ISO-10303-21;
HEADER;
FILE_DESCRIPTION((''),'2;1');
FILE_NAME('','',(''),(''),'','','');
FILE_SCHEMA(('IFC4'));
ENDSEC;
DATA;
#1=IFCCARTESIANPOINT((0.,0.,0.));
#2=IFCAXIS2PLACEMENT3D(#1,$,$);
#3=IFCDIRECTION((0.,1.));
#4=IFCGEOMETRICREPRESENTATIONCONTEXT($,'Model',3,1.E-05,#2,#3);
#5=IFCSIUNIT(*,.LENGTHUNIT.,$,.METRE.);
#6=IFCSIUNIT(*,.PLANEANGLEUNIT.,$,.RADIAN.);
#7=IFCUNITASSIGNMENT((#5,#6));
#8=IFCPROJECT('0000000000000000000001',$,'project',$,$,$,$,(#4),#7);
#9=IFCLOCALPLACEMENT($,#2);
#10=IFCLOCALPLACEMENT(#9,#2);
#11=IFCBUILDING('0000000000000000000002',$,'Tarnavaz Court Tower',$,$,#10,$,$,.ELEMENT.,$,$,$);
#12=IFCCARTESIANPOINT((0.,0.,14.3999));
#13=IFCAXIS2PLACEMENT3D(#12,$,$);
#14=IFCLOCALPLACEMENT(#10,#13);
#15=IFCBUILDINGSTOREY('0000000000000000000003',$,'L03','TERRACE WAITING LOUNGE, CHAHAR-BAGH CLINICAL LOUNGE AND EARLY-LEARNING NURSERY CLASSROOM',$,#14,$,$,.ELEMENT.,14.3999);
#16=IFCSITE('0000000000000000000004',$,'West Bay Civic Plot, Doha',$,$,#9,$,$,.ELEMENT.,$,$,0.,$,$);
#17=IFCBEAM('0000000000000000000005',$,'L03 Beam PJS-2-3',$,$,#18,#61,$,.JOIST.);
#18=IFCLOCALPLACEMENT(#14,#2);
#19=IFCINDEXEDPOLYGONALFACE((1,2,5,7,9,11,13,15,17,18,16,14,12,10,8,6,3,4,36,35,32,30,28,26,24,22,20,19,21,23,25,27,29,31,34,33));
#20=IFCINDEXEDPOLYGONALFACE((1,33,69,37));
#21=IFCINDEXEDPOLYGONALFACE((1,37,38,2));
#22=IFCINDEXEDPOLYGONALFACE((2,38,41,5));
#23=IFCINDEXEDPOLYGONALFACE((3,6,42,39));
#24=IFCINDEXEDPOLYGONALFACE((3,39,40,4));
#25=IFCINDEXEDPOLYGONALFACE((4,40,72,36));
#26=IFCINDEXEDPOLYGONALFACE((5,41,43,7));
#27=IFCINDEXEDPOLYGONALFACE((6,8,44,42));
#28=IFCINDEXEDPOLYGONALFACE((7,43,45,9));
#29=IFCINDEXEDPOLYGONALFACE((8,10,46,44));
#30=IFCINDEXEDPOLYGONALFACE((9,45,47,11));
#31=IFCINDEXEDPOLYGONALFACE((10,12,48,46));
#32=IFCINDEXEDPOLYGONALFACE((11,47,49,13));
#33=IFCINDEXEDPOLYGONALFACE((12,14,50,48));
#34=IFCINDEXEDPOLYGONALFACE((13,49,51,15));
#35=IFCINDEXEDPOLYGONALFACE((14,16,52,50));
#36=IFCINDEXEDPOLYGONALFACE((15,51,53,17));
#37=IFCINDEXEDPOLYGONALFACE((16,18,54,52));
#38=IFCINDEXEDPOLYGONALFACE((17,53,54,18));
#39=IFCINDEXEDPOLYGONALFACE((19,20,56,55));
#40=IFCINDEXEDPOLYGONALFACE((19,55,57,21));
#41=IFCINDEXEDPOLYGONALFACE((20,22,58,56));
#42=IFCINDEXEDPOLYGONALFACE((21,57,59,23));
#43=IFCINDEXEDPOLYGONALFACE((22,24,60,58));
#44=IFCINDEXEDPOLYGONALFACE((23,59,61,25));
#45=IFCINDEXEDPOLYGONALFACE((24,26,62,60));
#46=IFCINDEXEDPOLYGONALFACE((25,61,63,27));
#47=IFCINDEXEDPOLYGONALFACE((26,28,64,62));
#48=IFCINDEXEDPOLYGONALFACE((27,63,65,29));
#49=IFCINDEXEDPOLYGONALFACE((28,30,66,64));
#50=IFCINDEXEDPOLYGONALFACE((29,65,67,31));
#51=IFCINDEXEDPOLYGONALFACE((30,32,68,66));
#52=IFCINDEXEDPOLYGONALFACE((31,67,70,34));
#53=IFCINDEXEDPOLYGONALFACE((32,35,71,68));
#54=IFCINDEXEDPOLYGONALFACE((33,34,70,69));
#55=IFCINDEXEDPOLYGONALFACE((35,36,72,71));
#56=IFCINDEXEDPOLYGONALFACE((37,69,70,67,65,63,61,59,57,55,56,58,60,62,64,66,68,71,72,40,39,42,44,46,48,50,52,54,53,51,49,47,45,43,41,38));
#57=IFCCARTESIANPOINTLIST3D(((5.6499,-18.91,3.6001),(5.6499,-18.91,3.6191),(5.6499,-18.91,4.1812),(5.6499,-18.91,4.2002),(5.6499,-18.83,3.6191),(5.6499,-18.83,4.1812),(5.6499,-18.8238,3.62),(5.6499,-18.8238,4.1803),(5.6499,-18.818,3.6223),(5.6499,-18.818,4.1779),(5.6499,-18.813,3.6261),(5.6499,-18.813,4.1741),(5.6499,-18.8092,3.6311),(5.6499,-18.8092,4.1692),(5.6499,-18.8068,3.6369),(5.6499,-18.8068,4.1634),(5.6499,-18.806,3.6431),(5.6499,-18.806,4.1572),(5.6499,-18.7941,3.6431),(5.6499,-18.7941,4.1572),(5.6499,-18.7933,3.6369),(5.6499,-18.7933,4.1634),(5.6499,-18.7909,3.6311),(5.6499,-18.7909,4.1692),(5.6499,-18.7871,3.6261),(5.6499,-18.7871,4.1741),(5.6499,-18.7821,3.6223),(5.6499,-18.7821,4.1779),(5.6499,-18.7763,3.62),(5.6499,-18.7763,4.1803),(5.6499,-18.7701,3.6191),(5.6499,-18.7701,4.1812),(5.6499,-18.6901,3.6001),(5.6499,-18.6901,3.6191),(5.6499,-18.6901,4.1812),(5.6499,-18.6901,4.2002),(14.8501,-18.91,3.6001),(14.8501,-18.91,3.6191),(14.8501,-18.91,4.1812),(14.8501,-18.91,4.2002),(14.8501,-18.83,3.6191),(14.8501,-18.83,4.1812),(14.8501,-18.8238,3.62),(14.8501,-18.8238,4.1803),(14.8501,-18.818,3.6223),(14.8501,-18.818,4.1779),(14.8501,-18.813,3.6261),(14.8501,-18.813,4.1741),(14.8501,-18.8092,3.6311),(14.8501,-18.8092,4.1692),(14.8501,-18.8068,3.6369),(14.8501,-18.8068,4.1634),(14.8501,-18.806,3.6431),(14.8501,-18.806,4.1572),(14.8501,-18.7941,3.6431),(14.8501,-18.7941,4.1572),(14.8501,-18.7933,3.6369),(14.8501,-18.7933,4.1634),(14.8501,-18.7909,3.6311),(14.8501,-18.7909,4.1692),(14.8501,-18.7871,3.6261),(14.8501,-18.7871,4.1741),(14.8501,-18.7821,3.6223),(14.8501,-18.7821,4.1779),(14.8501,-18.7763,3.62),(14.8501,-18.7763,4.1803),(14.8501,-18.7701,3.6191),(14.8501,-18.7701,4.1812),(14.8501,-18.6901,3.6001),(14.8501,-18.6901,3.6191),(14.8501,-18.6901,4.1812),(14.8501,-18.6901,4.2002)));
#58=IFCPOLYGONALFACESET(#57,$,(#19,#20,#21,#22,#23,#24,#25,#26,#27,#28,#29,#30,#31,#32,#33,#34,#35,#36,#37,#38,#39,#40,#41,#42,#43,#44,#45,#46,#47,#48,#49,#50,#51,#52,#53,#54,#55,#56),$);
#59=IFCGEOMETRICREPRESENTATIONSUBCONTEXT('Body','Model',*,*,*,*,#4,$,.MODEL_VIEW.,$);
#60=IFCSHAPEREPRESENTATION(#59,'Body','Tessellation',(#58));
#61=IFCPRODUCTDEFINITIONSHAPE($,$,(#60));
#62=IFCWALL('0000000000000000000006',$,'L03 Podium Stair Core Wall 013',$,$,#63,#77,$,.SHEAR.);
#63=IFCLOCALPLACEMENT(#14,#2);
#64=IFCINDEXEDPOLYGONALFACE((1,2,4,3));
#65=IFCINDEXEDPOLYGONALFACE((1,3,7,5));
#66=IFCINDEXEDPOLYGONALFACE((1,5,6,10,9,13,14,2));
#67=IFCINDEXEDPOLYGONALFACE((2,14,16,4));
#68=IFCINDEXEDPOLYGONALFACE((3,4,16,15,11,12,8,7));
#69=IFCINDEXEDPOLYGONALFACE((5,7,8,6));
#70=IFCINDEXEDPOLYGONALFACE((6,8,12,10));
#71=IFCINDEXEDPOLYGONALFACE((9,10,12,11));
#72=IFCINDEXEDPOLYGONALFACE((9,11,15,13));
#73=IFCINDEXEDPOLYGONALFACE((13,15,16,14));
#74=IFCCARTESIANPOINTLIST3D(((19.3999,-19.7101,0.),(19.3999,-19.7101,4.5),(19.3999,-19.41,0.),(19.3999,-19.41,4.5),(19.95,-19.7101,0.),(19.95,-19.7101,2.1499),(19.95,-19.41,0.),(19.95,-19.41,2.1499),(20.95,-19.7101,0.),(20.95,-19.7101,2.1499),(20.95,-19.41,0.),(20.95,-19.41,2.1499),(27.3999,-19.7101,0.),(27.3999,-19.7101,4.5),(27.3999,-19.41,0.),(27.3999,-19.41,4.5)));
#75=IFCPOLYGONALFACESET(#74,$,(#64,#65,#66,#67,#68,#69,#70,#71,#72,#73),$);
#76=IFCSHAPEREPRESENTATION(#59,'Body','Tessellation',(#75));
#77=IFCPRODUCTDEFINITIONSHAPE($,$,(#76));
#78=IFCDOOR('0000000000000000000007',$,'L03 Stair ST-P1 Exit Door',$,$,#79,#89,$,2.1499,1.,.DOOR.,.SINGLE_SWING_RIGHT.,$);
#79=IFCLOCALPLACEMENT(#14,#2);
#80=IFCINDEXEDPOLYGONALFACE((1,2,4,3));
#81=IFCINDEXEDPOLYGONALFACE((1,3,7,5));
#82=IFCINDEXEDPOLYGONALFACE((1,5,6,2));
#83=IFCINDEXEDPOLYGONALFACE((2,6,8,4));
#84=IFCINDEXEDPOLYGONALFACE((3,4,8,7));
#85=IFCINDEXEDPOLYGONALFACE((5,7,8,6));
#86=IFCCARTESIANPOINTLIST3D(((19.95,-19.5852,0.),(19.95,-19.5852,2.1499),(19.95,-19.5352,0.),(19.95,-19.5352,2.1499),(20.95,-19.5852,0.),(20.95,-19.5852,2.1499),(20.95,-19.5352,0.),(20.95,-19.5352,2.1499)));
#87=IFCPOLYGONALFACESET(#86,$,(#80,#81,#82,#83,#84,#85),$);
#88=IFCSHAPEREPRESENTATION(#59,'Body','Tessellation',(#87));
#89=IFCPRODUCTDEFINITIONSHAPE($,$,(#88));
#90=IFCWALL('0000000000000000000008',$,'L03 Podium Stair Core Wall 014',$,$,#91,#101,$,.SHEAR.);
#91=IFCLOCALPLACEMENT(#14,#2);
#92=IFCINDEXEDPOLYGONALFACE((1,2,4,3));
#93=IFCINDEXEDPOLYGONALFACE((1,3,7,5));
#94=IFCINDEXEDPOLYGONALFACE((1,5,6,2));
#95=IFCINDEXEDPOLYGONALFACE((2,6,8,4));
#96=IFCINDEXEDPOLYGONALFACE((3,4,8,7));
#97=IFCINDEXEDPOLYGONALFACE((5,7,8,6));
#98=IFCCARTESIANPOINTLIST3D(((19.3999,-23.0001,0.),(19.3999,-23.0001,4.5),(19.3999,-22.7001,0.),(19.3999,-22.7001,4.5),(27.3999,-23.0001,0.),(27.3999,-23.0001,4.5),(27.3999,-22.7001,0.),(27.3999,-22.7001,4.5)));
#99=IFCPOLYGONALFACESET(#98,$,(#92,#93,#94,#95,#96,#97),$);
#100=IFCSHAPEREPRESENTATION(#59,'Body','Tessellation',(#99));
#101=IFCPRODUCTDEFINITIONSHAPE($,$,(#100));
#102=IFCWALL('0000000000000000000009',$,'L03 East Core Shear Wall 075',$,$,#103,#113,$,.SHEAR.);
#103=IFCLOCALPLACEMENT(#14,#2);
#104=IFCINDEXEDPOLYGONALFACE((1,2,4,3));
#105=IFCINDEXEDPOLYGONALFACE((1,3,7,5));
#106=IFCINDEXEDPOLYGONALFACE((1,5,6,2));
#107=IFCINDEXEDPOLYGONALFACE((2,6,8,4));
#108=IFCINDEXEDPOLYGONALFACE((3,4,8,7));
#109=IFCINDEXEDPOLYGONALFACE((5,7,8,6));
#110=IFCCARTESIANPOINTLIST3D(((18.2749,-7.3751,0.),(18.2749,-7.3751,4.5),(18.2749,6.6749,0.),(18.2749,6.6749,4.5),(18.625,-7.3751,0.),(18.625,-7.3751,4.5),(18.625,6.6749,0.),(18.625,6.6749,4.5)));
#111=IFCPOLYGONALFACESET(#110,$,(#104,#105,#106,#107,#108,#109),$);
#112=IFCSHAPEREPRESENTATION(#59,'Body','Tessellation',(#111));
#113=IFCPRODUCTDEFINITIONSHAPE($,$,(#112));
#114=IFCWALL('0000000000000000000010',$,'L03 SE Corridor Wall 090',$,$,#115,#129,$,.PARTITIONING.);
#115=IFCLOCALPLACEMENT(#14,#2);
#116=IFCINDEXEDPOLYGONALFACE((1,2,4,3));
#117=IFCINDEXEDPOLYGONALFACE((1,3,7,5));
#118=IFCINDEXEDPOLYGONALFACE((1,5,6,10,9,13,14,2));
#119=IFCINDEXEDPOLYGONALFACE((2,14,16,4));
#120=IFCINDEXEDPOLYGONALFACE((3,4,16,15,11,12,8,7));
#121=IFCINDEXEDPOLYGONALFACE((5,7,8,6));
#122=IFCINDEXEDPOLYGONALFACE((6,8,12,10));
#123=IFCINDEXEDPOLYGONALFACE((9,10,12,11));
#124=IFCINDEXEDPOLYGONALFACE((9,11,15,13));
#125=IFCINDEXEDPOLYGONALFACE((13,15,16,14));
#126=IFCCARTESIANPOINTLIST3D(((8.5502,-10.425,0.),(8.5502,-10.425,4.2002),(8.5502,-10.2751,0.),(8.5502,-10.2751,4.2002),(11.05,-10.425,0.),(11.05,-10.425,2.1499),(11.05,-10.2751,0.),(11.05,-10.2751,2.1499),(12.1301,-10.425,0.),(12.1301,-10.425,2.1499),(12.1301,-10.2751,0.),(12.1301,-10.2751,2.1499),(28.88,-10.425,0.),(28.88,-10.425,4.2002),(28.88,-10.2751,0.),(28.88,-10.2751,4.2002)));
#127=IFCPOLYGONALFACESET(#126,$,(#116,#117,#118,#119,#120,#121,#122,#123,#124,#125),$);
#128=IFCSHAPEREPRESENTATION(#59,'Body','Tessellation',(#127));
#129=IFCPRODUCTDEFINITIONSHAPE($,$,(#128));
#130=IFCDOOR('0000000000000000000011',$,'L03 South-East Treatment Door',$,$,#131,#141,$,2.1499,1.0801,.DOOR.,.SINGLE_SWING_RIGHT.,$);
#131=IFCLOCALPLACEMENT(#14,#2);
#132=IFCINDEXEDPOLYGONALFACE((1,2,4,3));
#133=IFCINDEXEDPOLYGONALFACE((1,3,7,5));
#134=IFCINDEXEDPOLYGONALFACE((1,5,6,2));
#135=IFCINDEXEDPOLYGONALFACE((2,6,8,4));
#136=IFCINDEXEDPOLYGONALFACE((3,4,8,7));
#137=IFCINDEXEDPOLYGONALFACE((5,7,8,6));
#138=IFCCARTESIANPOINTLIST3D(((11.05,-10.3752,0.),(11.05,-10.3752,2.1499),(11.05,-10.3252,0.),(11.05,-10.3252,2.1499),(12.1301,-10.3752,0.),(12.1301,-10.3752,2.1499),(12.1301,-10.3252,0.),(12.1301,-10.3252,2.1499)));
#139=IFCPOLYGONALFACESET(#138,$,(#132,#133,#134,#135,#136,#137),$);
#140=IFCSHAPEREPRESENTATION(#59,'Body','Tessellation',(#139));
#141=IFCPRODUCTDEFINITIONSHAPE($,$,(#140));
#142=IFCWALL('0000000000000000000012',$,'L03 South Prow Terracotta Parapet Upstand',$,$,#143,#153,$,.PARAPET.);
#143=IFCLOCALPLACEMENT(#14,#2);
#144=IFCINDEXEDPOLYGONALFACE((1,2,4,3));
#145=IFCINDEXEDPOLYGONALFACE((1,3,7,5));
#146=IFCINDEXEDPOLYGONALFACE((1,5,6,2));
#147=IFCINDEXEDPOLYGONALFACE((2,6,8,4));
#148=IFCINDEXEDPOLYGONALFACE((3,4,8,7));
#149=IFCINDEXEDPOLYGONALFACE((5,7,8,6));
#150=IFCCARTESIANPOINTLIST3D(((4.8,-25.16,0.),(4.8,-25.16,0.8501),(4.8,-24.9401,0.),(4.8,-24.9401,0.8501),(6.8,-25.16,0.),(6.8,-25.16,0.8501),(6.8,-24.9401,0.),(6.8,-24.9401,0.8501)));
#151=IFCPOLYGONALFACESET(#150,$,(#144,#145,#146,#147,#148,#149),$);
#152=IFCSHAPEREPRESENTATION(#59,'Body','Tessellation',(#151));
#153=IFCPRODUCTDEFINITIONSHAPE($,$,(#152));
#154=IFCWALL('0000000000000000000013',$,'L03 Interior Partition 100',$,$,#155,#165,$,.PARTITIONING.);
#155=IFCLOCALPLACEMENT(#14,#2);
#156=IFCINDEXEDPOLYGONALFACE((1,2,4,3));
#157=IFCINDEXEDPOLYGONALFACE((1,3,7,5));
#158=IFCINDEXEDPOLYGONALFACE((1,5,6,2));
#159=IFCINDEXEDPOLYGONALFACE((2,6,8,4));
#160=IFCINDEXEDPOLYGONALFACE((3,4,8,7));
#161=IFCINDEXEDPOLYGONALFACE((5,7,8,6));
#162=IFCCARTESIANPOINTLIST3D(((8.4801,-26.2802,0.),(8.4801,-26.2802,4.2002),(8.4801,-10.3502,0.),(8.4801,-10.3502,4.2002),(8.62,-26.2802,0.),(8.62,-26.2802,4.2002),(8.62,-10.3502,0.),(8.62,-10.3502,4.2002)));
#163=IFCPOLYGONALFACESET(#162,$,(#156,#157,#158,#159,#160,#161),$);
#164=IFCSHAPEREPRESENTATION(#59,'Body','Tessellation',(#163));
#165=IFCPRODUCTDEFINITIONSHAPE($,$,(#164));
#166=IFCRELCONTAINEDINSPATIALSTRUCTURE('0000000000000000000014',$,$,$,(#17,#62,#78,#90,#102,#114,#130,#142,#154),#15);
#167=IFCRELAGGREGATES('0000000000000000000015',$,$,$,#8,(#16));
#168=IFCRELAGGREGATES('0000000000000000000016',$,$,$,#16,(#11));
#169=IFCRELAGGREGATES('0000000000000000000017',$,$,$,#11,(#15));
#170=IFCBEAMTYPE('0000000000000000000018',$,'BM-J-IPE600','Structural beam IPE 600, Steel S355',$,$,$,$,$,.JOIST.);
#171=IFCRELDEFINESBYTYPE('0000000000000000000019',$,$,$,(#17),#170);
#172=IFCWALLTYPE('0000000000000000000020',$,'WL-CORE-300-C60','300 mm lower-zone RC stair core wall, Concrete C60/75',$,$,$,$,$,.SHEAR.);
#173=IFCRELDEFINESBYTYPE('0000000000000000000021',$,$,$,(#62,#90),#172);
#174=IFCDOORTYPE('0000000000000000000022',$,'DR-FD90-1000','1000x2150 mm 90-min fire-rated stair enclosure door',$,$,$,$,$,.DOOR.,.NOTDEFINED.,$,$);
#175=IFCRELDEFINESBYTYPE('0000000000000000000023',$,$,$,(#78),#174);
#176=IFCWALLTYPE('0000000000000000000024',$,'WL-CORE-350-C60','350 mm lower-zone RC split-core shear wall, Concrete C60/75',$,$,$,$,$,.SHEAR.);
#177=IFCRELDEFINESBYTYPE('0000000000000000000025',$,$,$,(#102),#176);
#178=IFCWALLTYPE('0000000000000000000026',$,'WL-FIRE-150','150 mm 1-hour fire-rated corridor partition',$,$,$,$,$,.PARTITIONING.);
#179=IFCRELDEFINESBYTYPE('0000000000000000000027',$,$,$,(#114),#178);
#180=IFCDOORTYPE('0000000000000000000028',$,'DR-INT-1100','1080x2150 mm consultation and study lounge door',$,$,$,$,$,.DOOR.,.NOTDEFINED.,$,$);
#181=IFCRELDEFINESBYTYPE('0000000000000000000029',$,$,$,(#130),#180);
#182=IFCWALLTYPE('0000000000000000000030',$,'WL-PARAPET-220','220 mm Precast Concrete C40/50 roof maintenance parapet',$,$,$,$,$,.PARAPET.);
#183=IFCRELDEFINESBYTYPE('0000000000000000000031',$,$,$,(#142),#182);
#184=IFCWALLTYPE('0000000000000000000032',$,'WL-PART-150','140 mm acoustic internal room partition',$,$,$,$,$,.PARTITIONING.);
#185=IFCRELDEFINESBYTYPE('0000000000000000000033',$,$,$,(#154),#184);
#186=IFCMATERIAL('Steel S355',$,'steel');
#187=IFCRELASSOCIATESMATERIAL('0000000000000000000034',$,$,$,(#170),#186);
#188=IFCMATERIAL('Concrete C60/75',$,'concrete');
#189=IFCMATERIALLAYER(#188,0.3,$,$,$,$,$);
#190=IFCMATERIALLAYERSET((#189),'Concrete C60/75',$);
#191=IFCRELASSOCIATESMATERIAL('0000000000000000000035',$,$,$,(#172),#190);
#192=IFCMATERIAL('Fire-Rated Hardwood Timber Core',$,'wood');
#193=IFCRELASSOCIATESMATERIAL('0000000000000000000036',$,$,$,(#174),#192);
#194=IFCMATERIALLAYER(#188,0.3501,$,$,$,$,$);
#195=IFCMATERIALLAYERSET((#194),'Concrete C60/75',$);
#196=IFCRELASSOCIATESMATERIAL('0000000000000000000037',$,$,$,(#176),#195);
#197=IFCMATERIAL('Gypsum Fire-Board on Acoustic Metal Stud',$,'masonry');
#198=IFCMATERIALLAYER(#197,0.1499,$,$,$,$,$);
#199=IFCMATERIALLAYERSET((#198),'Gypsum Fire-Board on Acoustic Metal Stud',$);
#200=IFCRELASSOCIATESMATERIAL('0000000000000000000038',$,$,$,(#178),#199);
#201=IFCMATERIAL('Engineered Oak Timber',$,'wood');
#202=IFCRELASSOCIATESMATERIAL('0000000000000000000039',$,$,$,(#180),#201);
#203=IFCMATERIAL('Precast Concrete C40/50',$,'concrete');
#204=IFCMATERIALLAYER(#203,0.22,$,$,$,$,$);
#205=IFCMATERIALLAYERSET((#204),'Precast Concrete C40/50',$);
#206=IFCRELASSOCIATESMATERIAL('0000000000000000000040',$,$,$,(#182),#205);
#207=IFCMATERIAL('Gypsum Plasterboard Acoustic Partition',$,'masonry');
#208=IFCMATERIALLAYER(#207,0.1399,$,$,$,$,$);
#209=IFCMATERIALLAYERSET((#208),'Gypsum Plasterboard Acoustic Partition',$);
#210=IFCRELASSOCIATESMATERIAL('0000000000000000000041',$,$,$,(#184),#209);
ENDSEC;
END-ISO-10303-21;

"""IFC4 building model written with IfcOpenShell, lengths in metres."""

from ifc_helpers import new_model, si_unit, direction, frame, frame_2d, origin, origin_2d, place, context, subcontext, project, spatial, rectangle, i_section, extrude, material, layer, layer_set, material_profile, profile_set, type_object, element, fill, save


model = new_model("IFC4")

# Units and contexts
model_context = context("Model", 3, precision=1e-05, world=origin(), true_north=direction((0.0, 1.0)))
body_context = subcontext(model_context, "Body", "Model", "MODEL_VIEW")
ifc_project = project(units=[si_unit("LENGTHUNIT", "METRE"), si_unit("PLANEANGLEUNIT", "RADIAN")], contexts=[model_context])

# Site, building, storey
site_placement = place(None, origin())
site = spatial("IfcSite", under=ifc_project, at=site_placement, Name="West Bay Civic Plot, Doha", CompositionType="ELEMENT", RefElevation=0.0)
building_placement = place(site_placement, origin())
building = spatial("IfcBuilding", under=site, at=building_placement, Name="Tarnavaz Court Tower", CompositionType="ELEMENT")
storey_placement = place(building_placement, frame((0.0, 0.0, 14.3999)))
storey = spatial("IfcBuildingStorey", under=building, at=storey_placement, Name="L03", Description="TERRACE WAITING LOUNGE, CHAHAR-BAGH CLINICAL LOUNGE AND EARLY-LEARNING NURSERY CLASSROOM", CompositionType="ELEMENT", Elevation=14.3999)

# Shared definitions
ifc_material_1 = material(Name="Concrete C60/75", Category="concrete")

# Beam
ifc_material_2 = material(Name="Steel S355", Category="steel")
ifc_material_profile_1 = material_profile(ifc_material_2, i_section(OverallWidth=0.22, OverallDepth=0.6001, WebThickness=0.012, FlangeThickness=0.019, FilletRadius=0.0239, at=origin_2d()), Name="IPE 600")
ifc_profile_set_1 = profile_set([ifc_material_profile_1], Name="Steel S355")
beam_type_1 = type_object("IfcBeamType", Name="BM-J-IPE600", Description="Structural beam IPE 600, Steel S355", PredefinedType="JOIST", material=ifc_profile_set_1)
for number, where, z_axis, x_axis, name in (
    (1, (5.6499, -18.8, 3.9001), (1.0, 0.0, 0.0), (0.0, 1.0, 0.0), "L03 Beam PJS-2-3"),
):
    element("IfcBeam", number, at=place(storey_placement, frame(where, z_axis=z_axis, x_axis=x_axis)), inside=storey, type_object=beam_type_1, Name=name, PredefinedType="JOIST", context=body_context, shape_type="SweptSolid", body=[
        extrude(i_section(OverallWidth=0.22, OverallDepth=0.6001, WebThickness=0.012, FlangeThickness=0.019, FilletRadius=0.0239, at=origin_2d()), origin(), (0.0, 0.0, 1.0), 9.2002),
    ])

# Wall, opening, door
ifc_layer_1 = layer(ifc_material_1, 0.3)
ifc_layer_set_1 = layer_set([ifc_layer_1], Name="Concrete C60/75")
wall_type_1 = type_object("IfcWallType", Name="WL-CORE-300-C60", Description="300 mm lower-zone RC stair core wall, Concrete C60/75", PredefinedType="SHEAR", material=ifc_layer_set_1)
wall_1_placement = place(storey_placement, frame((19.3999, -19.5601, 0.0), z_axis=(0.0, 0.0, 1.0), x_axis=(1.0, 0.0, 0.0)))
wall_1 = element("IfcWall", 2, at=wall_1_placement, inside=storey, type_object=wall_type_1, Name="L03 Podium Stair Core Wall 013", PredefinedType="SHEAR", context=body_context, shape_type="SweptSolid", body=[
    extrude(rectangle(XDim=8.0, YDim=0.3, at=frame_2d((4.0, 0.0))), origin(), (0.0, 0.0, 1.0), 4.5),
])
opening_1_placement = place(wall_1_placement, frame((0.55, 0.0, 0.0)))
opening_1 = element("IfcOpeningElement", 3, at=opening_1_placement, cuts=wall_1, PredefinedType="OPENING", context=body_context, shape_type="SweptSolid", body=[
    extrude(rectangle(XDim=1.0, YDim=2.1499, at=frame_2d((0.5, 1.075))), frame((0.0, 0.1599, 0.0), z_axis=(0.0, -1.0, 0.0), x_axis=(1.0, 0.0, 0.0)), (0.0, 0.0, 1.0), 0.3201),
])
ifc_material_3 = material(Name="Fire-Rated Hardwood Timber Core", Category="wood")
door_type_1 = type_object("IfcDoorType", Name="DR-FD90-1000", Description="1000x2150 mm 90-min fire-rated stair enclosure door", OperationType="NOTDEFINED", PredefinedType="DOOR", material=ifc_material_3)
door_1_placement = place(opening_1_placement, origin())
door_1 = element("IfcDoor", 4, at=door_1_placement, inside=storey, type_object=door_type_1, Name="L03 Stair ST-P1 Exit Door", OperationType="SINGLE_SWING_RIGHT", OverallHeight=2.1499, OverallWidth=1.0, PredefinedType="DOOR", context=body_context, shape_type="SweptSolid", body=[
    extrude(rectangle(XDim=1.0, YDim=2.1499, at=frame_2d((0.5, 1.075))), frame((0.0, 0.0249, 0.0), z_axis=(0.0, -1.0, 0.0), x_axis=(1.0, 0.0, 0.0)), (0.0, 0.0, 1.0), 0.05),
])
fill(opening_1, door_1)

# Walls
wall_2_placement = place(storey_placement, frame((19.3999, -22.8501, 0.0), z_axis=(0.0, 0.0, 1.0), x_axis=(1.0, 0.0, 0.0)))
element("IfcWall", 5, at=wall_2_placement, inside=storey, type_object=wall_type_1, Name="L03 Podium Stair Core Wall 014", PredefinedType="SHEAR", context=body_context, shape_type="SweptSolid", body=[
    extrude(rectangle(XDim=8.0, YDim=0.3, at=frame_2d((4.0, 0.0))), origin(), (0.0, 0.0, 1.0), 4.5),
])
ifc_layer_2 = layer(ifc_material_1, 0.3501)
ifc_layer_set_2 = layer_set([ifc_layer_2], Name="Concrete C60/75")
wall_type_2 = type_object("IfcWallType", Name="WL-CORE-350-C60", Description="350 mm lower-zone RC split-core shear wall, Concrete C60/75", PredefinedType="SHEAR", material=ifc_layer_set_2)
wall_3_placement = place(storey_placement, frame((18.45, -7.375, 0.0), z_axis=(0.0, 0.0, 1.0), x_axis=(0.0, 1.0, 0.0)))
element("IfcWall", 6, at=wall_3_placement, inside=storey, type_object=wall_type_2, Name="L03 East Core Shear Wall 075", PredefinedType="SHEAR", context=body_context, shape_type="SweptSolid", body=[
    extrude(rectangle(XDim=14.05, YDim=0.3501, at=frame_2d((7.0249, 0.0))), origin(), (0.0, 0.0, 1.0), 4.5),
])

# Wall, opening, door
ifc_material_4 = material(Name="Gypsum Fire-Board on Acoustic Metal Stud", Category="masonry")
ifc_layer_3 = layer(ifc_material_4, 0.1499)
ifc_layer_set_3 = layer_set([ifc_layer_3], Name="Gypsum Fire-Board on Acoustic Metal Stud")
wall_type_3 = type_object("IfcWallType", Name="WL-FIRE-150", Description="150 mm 1-hour fire-rated corridor partition", PredefinedType="PARTITIONING", material=ifc_layer_set_3)
wall_4_placement = place(storey_placement, frame((8.55, -10.3501, 0.0), z_axis=(0.0, 0.0, 1.0), x_axis=(1.0, 0.0, 0.0)))
wall_4 = element("IfcWall", 7, at=wall_4_placement, inside=storey, type_object=wall_type_3, Name="L03 SE Corridor Wall 090", PredefinedType="PARTITIONING", context=body_context, shape_type="SweptSolid", body=[
    extrude(rectangle(XDim=20.3298, YDim=0.1499, at=frame_2d((10.165, 0.0))), origin(), (0.0, 0.0, 1.0), 4.2002),
])
opening_2_placement = place(wall_4_placement, frame((2.5, 0.0, 0.0)))
opening_2 = element("IfcOpeningElement", 8, at=opening_2_placement, cuts=wall_4, PredefinedType="OPENING", context=body_context, shape_type="SweptSolid", body=[
    extrude(rectangle(XDim=1.0801, YDim=2.1499, at=frame_2d((0.54, 1.075))), frame((0.0, 0.085, 0.0), z_axis=(0.0, -1.0, 0.0), x_axis=(1.0, 0.0, 0.0)), (0.0, 0.0, 1.0), 0.1699),
])
ifc_material_5 = material(Name="Engineered Oak Timber", Category="wood")
door_type_2 = type_object("IfcDoorType", Name="DR-INT-1100", Description="1080x2150 mm consultation and study lounge door", OperationType="NOTDEFINED", PredefinedType="DOOR", material=ifc_material_5)
door_2_placement = place(opening_2_placement, origin())
door_2 = element("IfcDoor", 9, at=door_2_placement, inside=storey, type_object=door_type_2, Name="L03 South-East Treatment Door", OperationType="SINGLE_SWING_RIGHT", OverallHeight=2.1499, OverallWidth=1.0801, PredefinedType="DOOR", context=body_context, shape_type="SweptSolid", body=[
    extrude(rectangle(XDim=1.0801, YDim=2.1499, at=frame_2d((0.54, 1.075))), frame((0.0, 0.0249, 0.0), z_axis=(0.0, -1.0, 0.0), x_axis=(1.0, 0.0, 0.0)), (0.0, 0.0, 1.0), 0.05),
])
fill(opening_2, door_2)

# Walls
ifc_material_6 = material(Name="Precast Concrete C40/50", Category="concrete")
ifc_layer_4 = layer(ifc_material_6, 0.22)
ifc_layer_set_4 = layer_set([ifc_layer_4], Name="Precast Concrete C40/50")
wall_type_4 = type_object("IfcWallType", Name="WL-PARAPET-220", Description="220 mm Precast Concrete C40/50 roof maintenance parapet", PredefinedType="PARAPET", material=ifc_layer_set_4)
wall_5_placement = place(storey_placement, frame((4.8, -25.05, 0.0), z_axis=(0.0, 0.0, 1.0), x_axis=(1.0, 0.0, 0.0)))
element("IfcWall", 10, at=wall_5_placement, inside=storey, type_object=wall_type_4, Name="L03 South Prow Terracotta Parapet Upstand", PredefinedType="PARAPET", context=body_context, shape_type="SweptSolid", body=[
    extrude(rectangle(XDim=2.0, YDim=0.22, at=frame_2d((1.0, 0.0))), origin(), (0.0, 0.0, 1.0), 0.8501),
])
ifc_material_7 = material(Name="Gypsum Plasterboard Acoustic Partition", Category="masonry")
ifc_layer_5 = layer(ifc_material_7, 0.1399)
ifc_layer_set_5 = layer_set([ifc_layer_5], Name="Gypsum Plasterboard Acoustic Partition")
wall_type_5 = type_object("IfcWallType", Name="WL-PART-150", Description="140 mm acoustic internal room partition", PredefinedType="PARTITIONING", material=ifc_layer_set_5)
wall_6_placement = place(storey_placement, frame((8.55, -26.28, 0.0), z_axis=(0.0, 0.0, 1.0), x_axis=(0.0, 1.0, 0.0)))
element("IfcWall", 11, at=wall_6_placement, inside=storey, type_object=wall_type_5, Name="L03 Interior Partition 100", PredefinedType="PARTITIONING", context=body_context, shape_type="SweptSolid", body=[
    extrude(rectangle(XDim=15.9299, YDim=0.1399, at=frame_2d((7.9648, 0.0))), origin(), (0.0, 0.0, 1.0), 4.2002),
])

save(model, "model.ifc")
